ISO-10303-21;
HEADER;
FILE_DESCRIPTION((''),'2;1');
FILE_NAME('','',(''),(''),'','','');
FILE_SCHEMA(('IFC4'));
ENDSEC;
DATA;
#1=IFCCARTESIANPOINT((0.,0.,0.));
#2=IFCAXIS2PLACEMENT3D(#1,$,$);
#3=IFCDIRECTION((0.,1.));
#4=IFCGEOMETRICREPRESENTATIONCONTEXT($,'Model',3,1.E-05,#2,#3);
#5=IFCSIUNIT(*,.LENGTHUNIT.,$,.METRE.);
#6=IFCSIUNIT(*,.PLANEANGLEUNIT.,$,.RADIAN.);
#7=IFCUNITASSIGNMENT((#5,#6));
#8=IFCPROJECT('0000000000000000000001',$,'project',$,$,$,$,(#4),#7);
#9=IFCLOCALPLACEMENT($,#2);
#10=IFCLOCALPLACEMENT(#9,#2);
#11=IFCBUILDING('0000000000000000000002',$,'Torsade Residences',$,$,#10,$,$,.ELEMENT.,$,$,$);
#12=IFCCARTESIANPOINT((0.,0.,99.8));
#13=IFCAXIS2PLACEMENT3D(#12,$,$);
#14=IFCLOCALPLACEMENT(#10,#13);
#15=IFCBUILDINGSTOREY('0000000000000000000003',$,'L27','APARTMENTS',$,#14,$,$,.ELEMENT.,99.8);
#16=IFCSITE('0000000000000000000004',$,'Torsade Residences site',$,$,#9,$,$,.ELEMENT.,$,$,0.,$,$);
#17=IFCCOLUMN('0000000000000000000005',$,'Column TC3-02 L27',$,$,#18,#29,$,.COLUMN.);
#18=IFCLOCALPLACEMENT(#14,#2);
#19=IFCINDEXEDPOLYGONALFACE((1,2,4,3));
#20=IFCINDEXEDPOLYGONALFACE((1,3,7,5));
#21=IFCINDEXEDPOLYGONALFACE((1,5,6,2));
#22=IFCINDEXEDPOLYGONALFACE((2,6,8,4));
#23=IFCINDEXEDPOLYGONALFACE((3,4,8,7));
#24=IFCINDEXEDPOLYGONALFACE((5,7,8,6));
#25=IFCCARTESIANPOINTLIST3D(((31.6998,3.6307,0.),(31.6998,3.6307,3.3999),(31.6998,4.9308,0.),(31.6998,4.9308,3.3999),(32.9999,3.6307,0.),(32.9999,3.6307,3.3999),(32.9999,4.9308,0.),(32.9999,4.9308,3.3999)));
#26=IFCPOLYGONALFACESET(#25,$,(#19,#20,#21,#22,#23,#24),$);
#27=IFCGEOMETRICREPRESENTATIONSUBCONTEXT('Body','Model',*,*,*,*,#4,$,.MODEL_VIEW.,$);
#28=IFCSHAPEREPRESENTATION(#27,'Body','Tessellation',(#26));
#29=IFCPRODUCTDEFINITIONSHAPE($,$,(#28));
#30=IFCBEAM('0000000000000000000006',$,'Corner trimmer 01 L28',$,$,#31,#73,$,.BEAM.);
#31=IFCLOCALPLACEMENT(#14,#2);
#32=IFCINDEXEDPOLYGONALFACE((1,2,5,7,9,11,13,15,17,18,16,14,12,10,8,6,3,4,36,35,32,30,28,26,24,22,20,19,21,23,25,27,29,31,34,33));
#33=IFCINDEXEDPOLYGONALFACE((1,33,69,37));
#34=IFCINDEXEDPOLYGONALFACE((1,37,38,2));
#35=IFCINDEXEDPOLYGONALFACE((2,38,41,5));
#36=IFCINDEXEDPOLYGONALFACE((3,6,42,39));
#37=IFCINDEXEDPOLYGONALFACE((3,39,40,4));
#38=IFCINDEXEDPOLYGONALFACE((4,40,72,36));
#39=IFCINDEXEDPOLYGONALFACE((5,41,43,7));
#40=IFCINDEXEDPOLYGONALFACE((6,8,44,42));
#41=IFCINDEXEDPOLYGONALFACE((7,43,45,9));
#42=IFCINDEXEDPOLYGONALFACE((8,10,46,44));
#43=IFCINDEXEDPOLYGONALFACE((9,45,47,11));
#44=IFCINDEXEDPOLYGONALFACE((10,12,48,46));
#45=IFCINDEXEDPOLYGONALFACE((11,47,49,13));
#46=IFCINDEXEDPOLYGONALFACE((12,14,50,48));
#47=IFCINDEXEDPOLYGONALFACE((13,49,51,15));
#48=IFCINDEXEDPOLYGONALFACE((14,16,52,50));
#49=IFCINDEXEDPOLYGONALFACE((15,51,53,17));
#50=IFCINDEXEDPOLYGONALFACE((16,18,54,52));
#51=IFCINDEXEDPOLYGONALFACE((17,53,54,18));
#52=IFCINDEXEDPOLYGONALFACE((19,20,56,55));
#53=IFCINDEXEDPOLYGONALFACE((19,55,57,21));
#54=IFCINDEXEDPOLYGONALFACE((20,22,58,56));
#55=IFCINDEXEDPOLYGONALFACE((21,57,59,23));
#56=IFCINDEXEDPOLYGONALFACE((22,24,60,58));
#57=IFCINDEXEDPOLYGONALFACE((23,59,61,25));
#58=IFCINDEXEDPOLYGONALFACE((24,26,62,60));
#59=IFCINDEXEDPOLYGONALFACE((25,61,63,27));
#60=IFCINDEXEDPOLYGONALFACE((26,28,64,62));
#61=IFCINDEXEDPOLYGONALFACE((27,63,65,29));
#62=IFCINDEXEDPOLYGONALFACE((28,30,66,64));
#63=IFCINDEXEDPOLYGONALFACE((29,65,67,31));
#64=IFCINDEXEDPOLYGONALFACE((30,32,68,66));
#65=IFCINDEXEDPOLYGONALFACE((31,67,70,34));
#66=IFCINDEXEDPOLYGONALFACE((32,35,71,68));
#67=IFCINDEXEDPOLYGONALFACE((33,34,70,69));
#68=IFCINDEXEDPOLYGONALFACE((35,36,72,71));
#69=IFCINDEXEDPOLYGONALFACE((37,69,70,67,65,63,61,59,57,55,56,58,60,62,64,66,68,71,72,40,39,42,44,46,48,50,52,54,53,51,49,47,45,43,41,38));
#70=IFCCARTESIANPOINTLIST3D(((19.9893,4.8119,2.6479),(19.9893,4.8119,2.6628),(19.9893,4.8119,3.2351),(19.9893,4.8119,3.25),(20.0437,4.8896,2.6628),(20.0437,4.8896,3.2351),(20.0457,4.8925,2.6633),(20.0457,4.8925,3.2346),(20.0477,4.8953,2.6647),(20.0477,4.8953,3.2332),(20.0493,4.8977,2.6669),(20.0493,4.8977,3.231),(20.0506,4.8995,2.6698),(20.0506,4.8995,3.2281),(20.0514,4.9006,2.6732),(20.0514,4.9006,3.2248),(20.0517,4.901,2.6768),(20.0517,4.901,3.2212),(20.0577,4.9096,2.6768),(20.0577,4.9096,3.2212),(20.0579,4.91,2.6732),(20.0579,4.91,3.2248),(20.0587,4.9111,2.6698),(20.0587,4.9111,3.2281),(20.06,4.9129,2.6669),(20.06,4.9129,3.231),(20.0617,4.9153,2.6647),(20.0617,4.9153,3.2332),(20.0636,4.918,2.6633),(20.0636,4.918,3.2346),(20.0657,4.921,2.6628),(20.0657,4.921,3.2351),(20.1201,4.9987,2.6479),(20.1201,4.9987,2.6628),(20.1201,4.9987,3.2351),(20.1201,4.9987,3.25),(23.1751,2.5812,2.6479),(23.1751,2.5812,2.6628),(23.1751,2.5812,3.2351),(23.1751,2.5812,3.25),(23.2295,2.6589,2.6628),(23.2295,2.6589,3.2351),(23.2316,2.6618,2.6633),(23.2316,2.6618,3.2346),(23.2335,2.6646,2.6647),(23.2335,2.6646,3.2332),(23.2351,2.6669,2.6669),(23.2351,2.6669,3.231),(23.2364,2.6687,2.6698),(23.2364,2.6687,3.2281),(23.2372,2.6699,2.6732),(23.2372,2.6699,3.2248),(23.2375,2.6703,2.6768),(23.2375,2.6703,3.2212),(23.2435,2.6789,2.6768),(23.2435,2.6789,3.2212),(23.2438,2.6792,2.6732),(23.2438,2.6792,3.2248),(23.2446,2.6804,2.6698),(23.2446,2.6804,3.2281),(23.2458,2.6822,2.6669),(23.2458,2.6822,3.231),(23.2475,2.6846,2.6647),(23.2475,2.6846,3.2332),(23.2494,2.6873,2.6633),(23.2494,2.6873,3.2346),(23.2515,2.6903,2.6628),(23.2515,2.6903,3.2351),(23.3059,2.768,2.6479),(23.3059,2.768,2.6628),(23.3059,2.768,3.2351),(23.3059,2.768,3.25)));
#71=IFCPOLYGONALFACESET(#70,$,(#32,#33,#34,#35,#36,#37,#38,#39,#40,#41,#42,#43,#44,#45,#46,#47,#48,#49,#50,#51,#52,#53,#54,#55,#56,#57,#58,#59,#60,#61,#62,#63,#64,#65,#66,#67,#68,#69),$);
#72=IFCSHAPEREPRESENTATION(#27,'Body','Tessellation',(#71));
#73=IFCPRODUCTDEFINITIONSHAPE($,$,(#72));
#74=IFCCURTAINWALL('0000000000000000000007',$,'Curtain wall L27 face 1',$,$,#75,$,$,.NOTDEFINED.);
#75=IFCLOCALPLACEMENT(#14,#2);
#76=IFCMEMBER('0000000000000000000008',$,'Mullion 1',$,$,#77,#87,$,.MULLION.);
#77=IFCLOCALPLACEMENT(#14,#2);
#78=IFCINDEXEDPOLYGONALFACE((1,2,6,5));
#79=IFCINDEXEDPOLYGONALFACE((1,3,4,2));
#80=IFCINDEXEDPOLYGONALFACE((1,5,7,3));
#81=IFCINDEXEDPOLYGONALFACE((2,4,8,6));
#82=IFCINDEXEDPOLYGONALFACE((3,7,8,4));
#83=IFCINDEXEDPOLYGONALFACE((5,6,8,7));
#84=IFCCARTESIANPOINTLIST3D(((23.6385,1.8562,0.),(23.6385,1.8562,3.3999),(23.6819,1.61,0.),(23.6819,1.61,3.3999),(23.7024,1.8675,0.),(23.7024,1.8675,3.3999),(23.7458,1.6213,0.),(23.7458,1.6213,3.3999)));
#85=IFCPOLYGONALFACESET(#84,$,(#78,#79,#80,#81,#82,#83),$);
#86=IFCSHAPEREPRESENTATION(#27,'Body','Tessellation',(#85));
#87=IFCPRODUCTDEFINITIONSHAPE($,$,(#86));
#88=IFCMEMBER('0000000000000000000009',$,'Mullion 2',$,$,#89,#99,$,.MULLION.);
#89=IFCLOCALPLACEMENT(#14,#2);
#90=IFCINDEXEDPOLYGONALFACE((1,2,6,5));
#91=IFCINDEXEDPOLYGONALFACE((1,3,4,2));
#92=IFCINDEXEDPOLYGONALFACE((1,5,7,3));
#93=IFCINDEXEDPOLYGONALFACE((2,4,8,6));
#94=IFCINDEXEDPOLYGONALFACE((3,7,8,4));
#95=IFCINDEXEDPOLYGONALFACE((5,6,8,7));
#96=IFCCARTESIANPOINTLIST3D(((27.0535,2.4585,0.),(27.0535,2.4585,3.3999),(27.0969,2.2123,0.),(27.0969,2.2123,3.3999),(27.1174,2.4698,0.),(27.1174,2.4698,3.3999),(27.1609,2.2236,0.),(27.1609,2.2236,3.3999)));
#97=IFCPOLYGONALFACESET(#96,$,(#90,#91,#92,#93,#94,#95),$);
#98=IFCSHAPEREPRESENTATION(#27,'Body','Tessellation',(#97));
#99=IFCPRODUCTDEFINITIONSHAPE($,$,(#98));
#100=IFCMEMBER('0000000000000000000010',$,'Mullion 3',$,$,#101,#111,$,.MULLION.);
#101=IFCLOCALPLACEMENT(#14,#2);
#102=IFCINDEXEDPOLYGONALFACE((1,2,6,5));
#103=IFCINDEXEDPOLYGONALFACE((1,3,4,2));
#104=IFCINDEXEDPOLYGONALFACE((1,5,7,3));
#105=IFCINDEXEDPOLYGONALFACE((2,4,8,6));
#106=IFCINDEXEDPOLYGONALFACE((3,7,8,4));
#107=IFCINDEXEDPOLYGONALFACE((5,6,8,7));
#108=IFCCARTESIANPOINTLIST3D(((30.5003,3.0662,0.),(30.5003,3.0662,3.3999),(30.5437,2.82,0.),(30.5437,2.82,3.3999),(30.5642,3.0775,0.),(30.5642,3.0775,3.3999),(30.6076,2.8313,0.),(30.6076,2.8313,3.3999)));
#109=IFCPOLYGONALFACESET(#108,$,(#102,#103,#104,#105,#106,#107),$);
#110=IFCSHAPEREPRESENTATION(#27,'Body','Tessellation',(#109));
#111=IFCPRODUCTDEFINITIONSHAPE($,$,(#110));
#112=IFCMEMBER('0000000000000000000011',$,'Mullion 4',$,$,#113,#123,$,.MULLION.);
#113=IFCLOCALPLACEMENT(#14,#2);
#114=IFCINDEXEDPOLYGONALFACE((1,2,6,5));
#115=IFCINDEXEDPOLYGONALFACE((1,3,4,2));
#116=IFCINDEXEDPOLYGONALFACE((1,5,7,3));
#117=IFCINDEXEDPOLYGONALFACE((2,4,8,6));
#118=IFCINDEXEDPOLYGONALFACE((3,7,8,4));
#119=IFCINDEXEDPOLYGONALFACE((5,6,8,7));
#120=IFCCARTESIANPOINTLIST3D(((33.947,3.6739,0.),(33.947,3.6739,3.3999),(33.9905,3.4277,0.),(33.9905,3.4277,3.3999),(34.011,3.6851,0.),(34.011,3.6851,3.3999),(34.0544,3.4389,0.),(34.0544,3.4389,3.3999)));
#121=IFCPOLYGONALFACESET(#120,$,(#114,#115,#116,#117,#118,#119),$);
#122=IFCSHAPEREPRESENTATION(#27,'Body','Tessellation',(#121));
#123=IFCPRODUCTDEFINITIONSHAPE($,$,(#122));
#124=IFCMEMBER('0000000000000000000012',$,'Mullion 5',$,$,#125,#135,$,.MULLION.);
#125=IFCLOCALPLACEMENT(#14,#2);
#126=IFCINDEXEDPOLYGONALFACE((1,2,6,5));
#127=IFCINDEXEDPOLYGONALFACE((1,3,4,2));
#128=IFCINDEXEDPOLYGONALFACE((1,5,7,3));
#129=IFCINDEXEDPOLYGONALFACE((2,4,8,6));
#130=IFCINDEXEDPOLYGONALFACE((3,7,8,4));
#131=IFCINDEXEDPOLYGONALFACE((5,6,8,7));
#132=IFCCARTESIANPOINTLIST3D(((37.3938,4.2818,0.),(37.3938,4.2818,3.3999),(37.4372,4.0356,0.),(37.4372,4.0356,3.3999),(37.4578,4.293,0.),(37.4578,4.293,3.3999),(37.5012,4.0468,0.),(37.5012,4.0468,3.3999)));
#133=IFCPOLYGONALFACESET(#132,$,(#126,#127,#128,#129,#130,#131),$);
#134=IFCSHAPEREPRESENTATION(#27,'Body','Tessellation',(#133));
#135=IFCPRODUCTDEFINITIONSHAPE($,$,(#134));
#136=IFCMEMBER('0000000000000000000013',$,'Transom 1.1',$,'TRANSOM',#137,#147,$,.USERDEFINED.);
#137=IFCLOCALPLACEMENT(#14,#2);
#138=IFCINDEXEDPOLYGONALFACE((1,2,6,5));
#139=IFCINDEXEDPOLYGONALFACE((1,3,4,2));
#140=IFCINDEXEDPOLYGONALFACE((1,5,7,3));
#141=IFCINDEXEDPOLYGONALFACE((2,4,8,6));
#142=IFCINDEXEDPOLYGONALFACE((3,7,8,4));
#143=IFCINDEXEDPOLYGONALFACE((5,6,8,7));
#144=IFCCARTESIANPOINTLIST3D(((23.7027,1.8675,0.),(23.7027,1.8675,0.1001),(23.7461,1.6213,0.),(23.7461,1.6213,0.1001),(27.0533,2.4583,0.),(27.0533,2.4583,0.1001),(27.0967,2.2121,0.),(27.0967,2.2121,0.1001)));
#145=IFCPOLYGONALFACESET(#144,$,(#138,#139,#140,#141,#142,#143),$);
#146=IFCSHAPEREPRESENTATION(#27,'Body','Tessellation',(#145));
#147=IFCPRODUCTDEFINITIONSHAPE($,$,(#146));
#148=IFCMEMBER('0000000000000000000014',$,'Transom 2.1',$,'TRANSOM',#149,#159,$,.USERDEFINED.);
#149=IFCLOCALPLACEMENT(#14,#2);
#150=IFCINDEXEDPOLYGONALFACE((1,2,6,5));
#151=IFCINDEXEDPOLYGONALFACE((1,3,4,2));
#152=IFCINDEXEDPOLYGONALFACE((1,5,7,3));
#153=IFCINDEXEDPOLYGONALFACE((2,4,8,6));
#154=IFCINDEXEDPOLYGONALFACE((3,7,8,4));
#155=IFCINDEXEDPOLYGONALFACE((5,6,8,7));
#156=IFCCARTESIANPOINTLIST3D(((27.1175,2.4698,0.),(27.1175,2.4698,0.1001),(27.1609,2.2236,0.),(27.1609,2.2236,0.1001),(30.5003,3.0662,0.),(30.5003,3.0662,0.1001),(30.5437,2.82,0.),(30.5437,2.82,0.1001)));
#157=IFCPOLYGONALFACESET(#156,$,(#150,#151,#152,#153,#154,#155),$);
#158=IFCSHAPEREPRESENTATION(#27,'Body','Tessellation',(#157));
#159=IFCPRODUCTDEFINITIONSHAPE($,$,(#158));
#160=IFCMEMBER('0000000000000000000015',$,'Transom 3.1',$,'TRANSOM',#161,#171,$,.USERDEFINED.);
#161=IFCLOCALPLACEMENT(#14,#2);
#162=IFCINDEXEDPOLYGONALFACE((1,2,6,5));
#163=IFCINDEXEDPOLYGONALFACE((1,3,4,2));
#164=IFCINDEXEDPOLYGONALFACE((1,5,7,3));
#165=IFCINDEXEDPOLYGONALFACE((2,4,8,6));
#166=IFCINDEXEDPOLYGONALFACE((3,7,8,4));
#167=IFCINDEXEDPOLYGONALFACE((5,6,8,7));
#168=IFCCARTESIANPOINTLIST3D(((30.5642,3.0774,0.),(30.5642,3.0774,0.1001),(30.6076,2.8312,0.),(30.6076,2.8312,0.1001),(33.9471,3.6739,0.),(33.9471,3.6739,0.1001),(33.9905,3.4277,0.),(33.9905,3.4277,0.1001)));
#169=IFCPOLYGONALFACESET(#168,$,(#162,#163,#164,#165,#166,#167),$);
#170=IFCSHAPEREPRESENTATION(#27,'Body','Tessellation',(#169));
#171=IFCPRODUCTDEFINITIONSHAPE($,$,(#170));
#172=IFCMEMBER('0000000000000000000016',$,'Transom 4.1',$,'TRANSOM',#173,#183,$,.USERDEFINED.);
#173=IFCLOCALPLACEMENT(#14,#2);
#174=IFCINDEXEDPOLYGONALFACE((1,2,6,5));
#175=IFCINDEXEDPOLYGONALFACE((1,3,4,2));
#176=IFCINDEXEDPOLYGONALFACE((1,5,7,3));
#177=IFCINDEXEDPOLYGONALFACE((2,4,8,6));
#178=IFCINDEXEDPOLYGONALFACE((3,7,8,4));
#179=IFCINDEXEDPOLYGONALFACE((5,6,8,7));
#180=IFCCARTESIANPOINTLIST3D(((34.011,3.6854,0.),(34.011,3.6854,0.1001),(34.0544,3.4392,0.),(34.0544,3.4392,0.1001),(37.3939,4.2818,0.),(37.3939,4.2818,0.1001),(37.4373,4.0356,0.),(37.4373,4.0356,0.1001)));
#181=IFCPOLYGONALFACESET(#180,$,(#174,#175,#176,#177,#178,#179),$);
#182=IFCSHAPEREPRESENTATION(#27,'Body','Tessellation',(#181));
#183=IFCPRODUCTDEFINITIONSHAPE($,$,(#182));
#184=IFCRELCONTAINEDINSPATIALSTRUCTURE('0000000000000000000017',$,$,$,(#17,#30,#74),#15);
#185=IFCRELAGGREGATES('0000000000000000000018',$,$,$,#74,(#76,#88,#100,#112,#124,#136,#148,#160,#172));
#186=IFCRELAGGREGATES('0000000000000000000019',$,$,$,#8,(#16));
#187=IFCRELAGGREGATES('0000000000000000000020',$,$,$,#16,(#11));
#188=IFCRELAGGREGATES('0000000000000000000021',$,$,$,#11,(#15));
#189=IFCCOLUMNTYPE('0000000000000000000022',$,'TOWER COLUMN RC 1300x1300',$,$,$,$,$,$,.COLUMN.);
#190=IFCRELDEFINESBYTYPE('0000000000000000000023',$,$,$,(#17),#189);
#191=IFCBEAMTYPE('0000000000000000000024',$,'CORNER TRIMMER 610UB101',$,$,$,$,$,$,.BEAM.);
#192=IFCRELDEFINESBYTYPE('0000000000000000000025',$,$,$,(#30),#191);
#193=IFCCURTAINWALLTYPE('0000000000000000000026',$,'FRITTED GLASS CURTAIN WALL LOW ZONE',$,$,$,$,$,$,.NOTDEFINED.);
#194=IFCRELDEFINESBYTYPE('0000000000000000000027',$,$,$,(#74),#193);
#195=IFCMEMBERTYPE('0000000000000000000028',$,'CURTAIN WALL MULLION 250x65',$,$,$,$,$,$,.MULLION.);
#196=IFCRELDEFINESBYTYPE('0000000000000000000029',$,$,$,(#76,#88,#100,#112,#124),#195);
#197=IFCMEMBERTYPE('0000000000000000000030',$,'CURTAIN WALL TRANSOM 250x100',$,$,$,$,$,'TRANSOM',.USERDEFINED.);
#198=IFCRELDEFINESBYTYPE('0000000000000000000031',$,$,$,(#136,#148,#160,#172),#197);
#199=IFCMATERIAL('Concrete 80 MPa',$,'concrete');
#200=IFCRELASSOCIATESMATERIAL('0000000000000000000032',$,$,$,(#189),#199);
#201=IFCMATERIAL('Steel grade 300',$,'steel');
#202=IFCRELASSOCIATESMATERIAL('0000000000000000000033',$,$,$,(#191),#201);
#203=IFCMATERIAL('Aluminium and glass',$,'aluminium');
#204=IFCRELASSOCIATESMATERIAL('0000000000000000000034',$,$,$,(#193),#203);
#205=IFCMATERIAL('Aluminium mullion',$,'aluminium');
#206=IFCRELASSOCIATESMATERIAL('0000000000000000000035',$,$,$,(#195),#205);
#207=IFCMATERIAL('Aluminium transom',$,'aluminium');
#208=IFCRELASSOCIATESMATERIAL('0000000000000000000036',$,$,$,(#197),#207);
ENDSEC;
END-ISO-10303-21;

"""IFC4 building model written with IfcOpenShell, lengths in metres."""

from ifc_helpers import new_model, si_unit, direction, frame, origin, origin_2d, place, context, subcontext, project, spatial, rectangle, i_section, extrude, material, material_profile, profile_set, type_object, element, aggregate, save


model = new_model("IFC4")

# Units and contexts
model_context = context("Model", 3, precision=1e-05, world=origin(), true_north=direction((0.0, 1.0)))
body_context = subcontext(model_context, "Body", "Model", "MODEL_VIEW")
ifc_project = project(units=[si_unit("LENGTHUNIT", "METRE"), si_unit("PLANEANGLEUNIT", "RADIAN")], contexts=[model_context])

# Site, building, storey
site_placement = place(None, origin())
site = spatial("IfcSite", under=ifc_project, at=site_placement, Name="Torsade Residences site", CompositionType="ELEMENT", RefElevation=0.0)
building_placement = place(site_placement, origin())
building = spatial("IfcBuilding", under=site, at=building_placement, Name="Torsade Residences", CompositionType="ELEMENT")
storey_placement = place(building_placement, frame((0.0, 0.0, 99.8)))
storey = spatial("IfcBuildingStorey", under=building, at=storey_placement, Name="L27", Description="APARTMENTS", CompositionType="ELEMENT", Elevation=99.8)

# Column
ifc_material_1 = material(Name="Concrete 80 MPa", Category="concrete")
ifc_material_profile_1 = material_profile(ifc_material_1, rectangle(XDim=1.3, YDim=1.3, at=origin_2d()), Name="RC 1300x1300")
ifc_profile_set_1 = profile_set([ifc_material_profile_1], Name="Concrete 80 MPa")
column_type = type_object("IfcColumnType", Name="TOWER COLUMN RC 1300x1300", PredefinedType="COLUMN", material=ifc_profile_set_1)
column_placement = place(storey_placement, frame((32.3499, 4.2808, 0.0), z_axis=(0.0, 0.0, 1.0), x_axis=(1.0, 0.0, 0.0)))
element("IfcColumn", 1, at=column_placement, inside=storey, type_object=column_type, Name="Column TC3-02 L27", PredefinedType="COLUMN", context=body_context, shape_type="SweptSolid", body=[
    extrude(rectangle(XDim=1.3, YDim=1.3, at=origin_2d()), origin(), (0.0, 0.0, 1.0), 3.3999),
])

# Beam
ifc_material_2 = material(Name="Steel grade 300", Category="steel")
ifc_material_profile_2 = material_profile(ifc_material_2, i_section(OverallWidth=0.228, OverallDepth=0.6021, WebThickness=0.0105, FlangeThickness=0.0149, FilletRadius=0.0139, at=origin_2d()), Name="610UB101")
ifc_profile_set_2 = profile_set([ifc_material_profile_2], Name="Steel grade 300")
beam_type_1 = type_object("IfcBeamType", Name="CORNER TRIMMER 610UB101", PredefinedType="BEAM", material=ifc_profile_set_2)
beam_1_placement = place(storey_placement, frame((23.2405, 2.6746, 2.949), z_axis=(-0.819152, 0.573576, 0.0), x_axis=(-0.573576, -0.819152, 0.0)))
element("IfcBeam", 2, at=beam_1_placement, inside=storey, type_object=beam_type_1, Name="Corner trimmer 01 L28", PredefinedType="BEAM", context=body_context, shape_type="SweptSolid", body=[
    extrude(i_section(OverallWidth=0.228, OverallDepth=0.6021, WebThickness=0.0105, FlangeThickness=0.0149, FilletRadius=0.0139, at=origin_2d()), origin(), (0.0, 0.0, 1.0), 3.8892),
])

# Curtain wall, members
ifc_material_3 = material(Name="Aluminium and glass", Category="aluminium")
curtain_wall_type = type_object("IfcCurtainWallType", Name="FRITTED GLASS CURTAIN WALL LOW ZONE", PredefinedType="NOTDEFINED", material=ifc_material_3)
curtain_wall_placement = place(storey_placement, origin())
curtain_wall = element("IfcCurtainWall", 3, at=curtain_wall_placement, inside=storey, type_object=curtain_wall_type, Name="Curtain wall L27 face 1", PredefinedType="NOTDEFINED")
ifc_material_4 = material(Name="Aluminium mullion", Category="aluminium")
ifc_material_profile_3 = material_profile(ifc_material_4, rectangle(XDim=0.25, YDim=0.0649, at=origin_2d()), Name="CURTAIN WALL MULLION 250x65")
ifc_profile_set_3 = profile_set([ifc_material_profile_3], Name="Aluminium mullion")
member_type_1 = type_object("IfcMemberType", Name="CURTAIN WALL MULLION 250x65", PredefinedType="MULLION", material=ifc_profile_set_3)
member_1_placement = place(storey_placement, frame((23.6921, 1.7388, 0.0), z_axis=(0.0, 0.0, 1.0), x_axis=(-0.173648, 0.984808, 0.0)))
member_1 = element("IfcMember", 4, at=member_1_placement, type_object=member_type_1, Name="Mullion 1", PredefinedType="MULLION", context=body_context, shape_type="SweptSolid", body=[
    extrude(rectangle(XDim=0.25, YDim=0.0649, at=origin_2d()), origin(), (0.0, 0.0, 1.0), 3.3999),
])
member_2_placement = place(storey_placement, frame((27.1072, 2.3411, 0.0), z_axis=(0.0, 0.0, 1.0), x_axis=(-0.173648, 0.984808, 0.0)))
member_2 = element("IfcMember", 5, at=member_2_placement, type_object=member_type_1, Name="Mullion 2", PredefinedType="MULLION", context=body_context, shape_type="SweptSolid", body=[
    extrude(rectangle(XDim=0.25, YDim=0.0649, at=origin_2d()), origin(), (0.0, 0.0, 1.0), 3.3999),
])
member_3_placement = place(storey_placement, frame((30.554, 2.9487, 0.0), z_axis=(0.0, 0.0, 1.0), x_axis=(-0.173648, 0.984808, 0.0)))
member_3 = element("IfcMember", 6, at=member_3_placement, type_object=member_type_1, Name="Mullion 3", PredefinedType="MULLION", context=body_context, shape_type="SweptSolid", body=[
    extrude(rectangle(XDim=0.25, YDim=0.0649, at=origin_2d()), origin(), (0.0, 0.0, 1.0), 3.3999),
])
member_4_placement = place(storey_placement, frame((34.0007, 3.5564, 0.0), z_axis=(0.0, 0.0, 1.0), x_axis=(-0.173648, 0.984808, 0.0)))
member_4 = element("IfcMember", 7, at=member_4_placement, type_object=member_type_1, Name="Mullion 4", PredefinedType="MULLION", context=body_context, shape_type="SweptSolid", body=[
    extrude(rectangle(XDim=0.25, YDim=0.0649, at=origin_2d()), origin(), (0.0, 0.0, 1.0), 3.3999),
])
member_5_placement = place(storey_placement, frame((37.4475, 4.1643, 0.0), z_axis=(0.0, 0.0, 1.0), x_axis=(-0.173648, 0.984808, 0.0)))
member_5 = element("IfcMember", 8, at=member_5_placement, type_object=member_type_1, Name="Mullion 5", PredefinedType="MULLION", context=body_context, shape_type="SweptSolid", body=[
    extrude(rectangle(XDim=0.25, YDim=0.0649, at=origin_2d()), origin(), (0.0, 0.0, 1.0), 3.3999),
])
ifc_material_5 = material(Name="Aluminium transom", Category="aluminium")
ifc_material_profile_4 = material_profile(ifc_material_5, rectangle(XDim=0.25, YDim=0.1001, at=origin_2d()), Name="CURTAIN WALL TRANSOM 250x100")
ifc_profile_set_4 = profile_set([ifc_material_profile_4], Name="Aluminium transom")
member_type_2 = type_object("IfcMemberType", Name="CURTAIN WALL TRANSOM 250x100", ElementType="TRANSOM", PredefinedType="USERDEFINED", material=ifc_profile_set_4)
member_6_placement = place(storey_placement, frame((23.7244, 1.7444, 0.05), z_axis=(0.984807, 0.173654, 0.0), x_axis=(-0.173654, 0.984807, 0.0)))
member_6 = element("IfcMember", 9, at=member_6_placement, type_object=member_type_2, Name="Transom 1.1", ObjectType="TRANSOM", PredefinedType="USERDEFINED", context=body_context, shape_type="SweptSolid", body=[
    extrude(rectangle(XDim=0.25, YDim=0.1001, at=origin_2d()), origin(), (0.0, 0.0, 1.0), 3.4023),
])
member_7_placement = place(storey_placement, frame((27.1392, 2.3467, 0.05), z_axis=(0.98481, 0.173635, 0.0), x_axis=(-0.173635, 0.98481, 0.0)))
member_7 = element("IfcMember", 10, at=member_7_placement, type_object=member_type_2, Name="Transom 2.1", ObjectType="TRANSOM", PredefinedType="USERDEFINED", context=body_context, shape_type="SweptSolid", body=[
    extrude(rectangle(XDim=0.25, YDim=0.1001, at=origin_2d()), origin(), (0.0, 0.0, 1.0), 3.4351),
])
member_8_placement = place(storey_placement, frame((30.5859, 2.9543, 0.05), z_axis=(0.98481, 0.173635, 0.0), x_axis=(-0.173635, 0.98481, 0.0)))
member_8 = element("IfcMember", 11, at=member_8_placement, type_object=member_type_2, Name="Transom 3.1", ObjectType="TRANSOM", PredefinedType="USERDEFINED", context=body_context, shape_type="SweptSolid", body=[
    extrude(rectangle(XDim=0.25, YDim=0.1001, at=origin_2d()), origin(), (0.0, 0.0, 1.0), 3.4351),
])
member_9_placement = place(storey_placement, frame((34.0327, 3.5623, 0.05), z_axis=(0.98481, 0.173635, 0.0), x_axis=(-0.173635, 0.98481, 0.0)))
member_9 = element("IfcMember", 12, at=member_9_placement, type_object=member_type_2, Name="Transom 4.1", ObjectType="TRANSOM", PredefinedType="USERDEFINED", context=body_context, shape_type="SweptSolid", body=[
    extrude(rectangle(XDim=0.25, YDim=0.1001, at=origin_2d()), origin(), (0.0, 0.0, 1.0), 3.4351),
])

aggregate(curtain_wall, [member_1, member_2, member_3, member_4, member_5, member_6, member_7, member_8, member_9])

save(model, "model.ifc")
